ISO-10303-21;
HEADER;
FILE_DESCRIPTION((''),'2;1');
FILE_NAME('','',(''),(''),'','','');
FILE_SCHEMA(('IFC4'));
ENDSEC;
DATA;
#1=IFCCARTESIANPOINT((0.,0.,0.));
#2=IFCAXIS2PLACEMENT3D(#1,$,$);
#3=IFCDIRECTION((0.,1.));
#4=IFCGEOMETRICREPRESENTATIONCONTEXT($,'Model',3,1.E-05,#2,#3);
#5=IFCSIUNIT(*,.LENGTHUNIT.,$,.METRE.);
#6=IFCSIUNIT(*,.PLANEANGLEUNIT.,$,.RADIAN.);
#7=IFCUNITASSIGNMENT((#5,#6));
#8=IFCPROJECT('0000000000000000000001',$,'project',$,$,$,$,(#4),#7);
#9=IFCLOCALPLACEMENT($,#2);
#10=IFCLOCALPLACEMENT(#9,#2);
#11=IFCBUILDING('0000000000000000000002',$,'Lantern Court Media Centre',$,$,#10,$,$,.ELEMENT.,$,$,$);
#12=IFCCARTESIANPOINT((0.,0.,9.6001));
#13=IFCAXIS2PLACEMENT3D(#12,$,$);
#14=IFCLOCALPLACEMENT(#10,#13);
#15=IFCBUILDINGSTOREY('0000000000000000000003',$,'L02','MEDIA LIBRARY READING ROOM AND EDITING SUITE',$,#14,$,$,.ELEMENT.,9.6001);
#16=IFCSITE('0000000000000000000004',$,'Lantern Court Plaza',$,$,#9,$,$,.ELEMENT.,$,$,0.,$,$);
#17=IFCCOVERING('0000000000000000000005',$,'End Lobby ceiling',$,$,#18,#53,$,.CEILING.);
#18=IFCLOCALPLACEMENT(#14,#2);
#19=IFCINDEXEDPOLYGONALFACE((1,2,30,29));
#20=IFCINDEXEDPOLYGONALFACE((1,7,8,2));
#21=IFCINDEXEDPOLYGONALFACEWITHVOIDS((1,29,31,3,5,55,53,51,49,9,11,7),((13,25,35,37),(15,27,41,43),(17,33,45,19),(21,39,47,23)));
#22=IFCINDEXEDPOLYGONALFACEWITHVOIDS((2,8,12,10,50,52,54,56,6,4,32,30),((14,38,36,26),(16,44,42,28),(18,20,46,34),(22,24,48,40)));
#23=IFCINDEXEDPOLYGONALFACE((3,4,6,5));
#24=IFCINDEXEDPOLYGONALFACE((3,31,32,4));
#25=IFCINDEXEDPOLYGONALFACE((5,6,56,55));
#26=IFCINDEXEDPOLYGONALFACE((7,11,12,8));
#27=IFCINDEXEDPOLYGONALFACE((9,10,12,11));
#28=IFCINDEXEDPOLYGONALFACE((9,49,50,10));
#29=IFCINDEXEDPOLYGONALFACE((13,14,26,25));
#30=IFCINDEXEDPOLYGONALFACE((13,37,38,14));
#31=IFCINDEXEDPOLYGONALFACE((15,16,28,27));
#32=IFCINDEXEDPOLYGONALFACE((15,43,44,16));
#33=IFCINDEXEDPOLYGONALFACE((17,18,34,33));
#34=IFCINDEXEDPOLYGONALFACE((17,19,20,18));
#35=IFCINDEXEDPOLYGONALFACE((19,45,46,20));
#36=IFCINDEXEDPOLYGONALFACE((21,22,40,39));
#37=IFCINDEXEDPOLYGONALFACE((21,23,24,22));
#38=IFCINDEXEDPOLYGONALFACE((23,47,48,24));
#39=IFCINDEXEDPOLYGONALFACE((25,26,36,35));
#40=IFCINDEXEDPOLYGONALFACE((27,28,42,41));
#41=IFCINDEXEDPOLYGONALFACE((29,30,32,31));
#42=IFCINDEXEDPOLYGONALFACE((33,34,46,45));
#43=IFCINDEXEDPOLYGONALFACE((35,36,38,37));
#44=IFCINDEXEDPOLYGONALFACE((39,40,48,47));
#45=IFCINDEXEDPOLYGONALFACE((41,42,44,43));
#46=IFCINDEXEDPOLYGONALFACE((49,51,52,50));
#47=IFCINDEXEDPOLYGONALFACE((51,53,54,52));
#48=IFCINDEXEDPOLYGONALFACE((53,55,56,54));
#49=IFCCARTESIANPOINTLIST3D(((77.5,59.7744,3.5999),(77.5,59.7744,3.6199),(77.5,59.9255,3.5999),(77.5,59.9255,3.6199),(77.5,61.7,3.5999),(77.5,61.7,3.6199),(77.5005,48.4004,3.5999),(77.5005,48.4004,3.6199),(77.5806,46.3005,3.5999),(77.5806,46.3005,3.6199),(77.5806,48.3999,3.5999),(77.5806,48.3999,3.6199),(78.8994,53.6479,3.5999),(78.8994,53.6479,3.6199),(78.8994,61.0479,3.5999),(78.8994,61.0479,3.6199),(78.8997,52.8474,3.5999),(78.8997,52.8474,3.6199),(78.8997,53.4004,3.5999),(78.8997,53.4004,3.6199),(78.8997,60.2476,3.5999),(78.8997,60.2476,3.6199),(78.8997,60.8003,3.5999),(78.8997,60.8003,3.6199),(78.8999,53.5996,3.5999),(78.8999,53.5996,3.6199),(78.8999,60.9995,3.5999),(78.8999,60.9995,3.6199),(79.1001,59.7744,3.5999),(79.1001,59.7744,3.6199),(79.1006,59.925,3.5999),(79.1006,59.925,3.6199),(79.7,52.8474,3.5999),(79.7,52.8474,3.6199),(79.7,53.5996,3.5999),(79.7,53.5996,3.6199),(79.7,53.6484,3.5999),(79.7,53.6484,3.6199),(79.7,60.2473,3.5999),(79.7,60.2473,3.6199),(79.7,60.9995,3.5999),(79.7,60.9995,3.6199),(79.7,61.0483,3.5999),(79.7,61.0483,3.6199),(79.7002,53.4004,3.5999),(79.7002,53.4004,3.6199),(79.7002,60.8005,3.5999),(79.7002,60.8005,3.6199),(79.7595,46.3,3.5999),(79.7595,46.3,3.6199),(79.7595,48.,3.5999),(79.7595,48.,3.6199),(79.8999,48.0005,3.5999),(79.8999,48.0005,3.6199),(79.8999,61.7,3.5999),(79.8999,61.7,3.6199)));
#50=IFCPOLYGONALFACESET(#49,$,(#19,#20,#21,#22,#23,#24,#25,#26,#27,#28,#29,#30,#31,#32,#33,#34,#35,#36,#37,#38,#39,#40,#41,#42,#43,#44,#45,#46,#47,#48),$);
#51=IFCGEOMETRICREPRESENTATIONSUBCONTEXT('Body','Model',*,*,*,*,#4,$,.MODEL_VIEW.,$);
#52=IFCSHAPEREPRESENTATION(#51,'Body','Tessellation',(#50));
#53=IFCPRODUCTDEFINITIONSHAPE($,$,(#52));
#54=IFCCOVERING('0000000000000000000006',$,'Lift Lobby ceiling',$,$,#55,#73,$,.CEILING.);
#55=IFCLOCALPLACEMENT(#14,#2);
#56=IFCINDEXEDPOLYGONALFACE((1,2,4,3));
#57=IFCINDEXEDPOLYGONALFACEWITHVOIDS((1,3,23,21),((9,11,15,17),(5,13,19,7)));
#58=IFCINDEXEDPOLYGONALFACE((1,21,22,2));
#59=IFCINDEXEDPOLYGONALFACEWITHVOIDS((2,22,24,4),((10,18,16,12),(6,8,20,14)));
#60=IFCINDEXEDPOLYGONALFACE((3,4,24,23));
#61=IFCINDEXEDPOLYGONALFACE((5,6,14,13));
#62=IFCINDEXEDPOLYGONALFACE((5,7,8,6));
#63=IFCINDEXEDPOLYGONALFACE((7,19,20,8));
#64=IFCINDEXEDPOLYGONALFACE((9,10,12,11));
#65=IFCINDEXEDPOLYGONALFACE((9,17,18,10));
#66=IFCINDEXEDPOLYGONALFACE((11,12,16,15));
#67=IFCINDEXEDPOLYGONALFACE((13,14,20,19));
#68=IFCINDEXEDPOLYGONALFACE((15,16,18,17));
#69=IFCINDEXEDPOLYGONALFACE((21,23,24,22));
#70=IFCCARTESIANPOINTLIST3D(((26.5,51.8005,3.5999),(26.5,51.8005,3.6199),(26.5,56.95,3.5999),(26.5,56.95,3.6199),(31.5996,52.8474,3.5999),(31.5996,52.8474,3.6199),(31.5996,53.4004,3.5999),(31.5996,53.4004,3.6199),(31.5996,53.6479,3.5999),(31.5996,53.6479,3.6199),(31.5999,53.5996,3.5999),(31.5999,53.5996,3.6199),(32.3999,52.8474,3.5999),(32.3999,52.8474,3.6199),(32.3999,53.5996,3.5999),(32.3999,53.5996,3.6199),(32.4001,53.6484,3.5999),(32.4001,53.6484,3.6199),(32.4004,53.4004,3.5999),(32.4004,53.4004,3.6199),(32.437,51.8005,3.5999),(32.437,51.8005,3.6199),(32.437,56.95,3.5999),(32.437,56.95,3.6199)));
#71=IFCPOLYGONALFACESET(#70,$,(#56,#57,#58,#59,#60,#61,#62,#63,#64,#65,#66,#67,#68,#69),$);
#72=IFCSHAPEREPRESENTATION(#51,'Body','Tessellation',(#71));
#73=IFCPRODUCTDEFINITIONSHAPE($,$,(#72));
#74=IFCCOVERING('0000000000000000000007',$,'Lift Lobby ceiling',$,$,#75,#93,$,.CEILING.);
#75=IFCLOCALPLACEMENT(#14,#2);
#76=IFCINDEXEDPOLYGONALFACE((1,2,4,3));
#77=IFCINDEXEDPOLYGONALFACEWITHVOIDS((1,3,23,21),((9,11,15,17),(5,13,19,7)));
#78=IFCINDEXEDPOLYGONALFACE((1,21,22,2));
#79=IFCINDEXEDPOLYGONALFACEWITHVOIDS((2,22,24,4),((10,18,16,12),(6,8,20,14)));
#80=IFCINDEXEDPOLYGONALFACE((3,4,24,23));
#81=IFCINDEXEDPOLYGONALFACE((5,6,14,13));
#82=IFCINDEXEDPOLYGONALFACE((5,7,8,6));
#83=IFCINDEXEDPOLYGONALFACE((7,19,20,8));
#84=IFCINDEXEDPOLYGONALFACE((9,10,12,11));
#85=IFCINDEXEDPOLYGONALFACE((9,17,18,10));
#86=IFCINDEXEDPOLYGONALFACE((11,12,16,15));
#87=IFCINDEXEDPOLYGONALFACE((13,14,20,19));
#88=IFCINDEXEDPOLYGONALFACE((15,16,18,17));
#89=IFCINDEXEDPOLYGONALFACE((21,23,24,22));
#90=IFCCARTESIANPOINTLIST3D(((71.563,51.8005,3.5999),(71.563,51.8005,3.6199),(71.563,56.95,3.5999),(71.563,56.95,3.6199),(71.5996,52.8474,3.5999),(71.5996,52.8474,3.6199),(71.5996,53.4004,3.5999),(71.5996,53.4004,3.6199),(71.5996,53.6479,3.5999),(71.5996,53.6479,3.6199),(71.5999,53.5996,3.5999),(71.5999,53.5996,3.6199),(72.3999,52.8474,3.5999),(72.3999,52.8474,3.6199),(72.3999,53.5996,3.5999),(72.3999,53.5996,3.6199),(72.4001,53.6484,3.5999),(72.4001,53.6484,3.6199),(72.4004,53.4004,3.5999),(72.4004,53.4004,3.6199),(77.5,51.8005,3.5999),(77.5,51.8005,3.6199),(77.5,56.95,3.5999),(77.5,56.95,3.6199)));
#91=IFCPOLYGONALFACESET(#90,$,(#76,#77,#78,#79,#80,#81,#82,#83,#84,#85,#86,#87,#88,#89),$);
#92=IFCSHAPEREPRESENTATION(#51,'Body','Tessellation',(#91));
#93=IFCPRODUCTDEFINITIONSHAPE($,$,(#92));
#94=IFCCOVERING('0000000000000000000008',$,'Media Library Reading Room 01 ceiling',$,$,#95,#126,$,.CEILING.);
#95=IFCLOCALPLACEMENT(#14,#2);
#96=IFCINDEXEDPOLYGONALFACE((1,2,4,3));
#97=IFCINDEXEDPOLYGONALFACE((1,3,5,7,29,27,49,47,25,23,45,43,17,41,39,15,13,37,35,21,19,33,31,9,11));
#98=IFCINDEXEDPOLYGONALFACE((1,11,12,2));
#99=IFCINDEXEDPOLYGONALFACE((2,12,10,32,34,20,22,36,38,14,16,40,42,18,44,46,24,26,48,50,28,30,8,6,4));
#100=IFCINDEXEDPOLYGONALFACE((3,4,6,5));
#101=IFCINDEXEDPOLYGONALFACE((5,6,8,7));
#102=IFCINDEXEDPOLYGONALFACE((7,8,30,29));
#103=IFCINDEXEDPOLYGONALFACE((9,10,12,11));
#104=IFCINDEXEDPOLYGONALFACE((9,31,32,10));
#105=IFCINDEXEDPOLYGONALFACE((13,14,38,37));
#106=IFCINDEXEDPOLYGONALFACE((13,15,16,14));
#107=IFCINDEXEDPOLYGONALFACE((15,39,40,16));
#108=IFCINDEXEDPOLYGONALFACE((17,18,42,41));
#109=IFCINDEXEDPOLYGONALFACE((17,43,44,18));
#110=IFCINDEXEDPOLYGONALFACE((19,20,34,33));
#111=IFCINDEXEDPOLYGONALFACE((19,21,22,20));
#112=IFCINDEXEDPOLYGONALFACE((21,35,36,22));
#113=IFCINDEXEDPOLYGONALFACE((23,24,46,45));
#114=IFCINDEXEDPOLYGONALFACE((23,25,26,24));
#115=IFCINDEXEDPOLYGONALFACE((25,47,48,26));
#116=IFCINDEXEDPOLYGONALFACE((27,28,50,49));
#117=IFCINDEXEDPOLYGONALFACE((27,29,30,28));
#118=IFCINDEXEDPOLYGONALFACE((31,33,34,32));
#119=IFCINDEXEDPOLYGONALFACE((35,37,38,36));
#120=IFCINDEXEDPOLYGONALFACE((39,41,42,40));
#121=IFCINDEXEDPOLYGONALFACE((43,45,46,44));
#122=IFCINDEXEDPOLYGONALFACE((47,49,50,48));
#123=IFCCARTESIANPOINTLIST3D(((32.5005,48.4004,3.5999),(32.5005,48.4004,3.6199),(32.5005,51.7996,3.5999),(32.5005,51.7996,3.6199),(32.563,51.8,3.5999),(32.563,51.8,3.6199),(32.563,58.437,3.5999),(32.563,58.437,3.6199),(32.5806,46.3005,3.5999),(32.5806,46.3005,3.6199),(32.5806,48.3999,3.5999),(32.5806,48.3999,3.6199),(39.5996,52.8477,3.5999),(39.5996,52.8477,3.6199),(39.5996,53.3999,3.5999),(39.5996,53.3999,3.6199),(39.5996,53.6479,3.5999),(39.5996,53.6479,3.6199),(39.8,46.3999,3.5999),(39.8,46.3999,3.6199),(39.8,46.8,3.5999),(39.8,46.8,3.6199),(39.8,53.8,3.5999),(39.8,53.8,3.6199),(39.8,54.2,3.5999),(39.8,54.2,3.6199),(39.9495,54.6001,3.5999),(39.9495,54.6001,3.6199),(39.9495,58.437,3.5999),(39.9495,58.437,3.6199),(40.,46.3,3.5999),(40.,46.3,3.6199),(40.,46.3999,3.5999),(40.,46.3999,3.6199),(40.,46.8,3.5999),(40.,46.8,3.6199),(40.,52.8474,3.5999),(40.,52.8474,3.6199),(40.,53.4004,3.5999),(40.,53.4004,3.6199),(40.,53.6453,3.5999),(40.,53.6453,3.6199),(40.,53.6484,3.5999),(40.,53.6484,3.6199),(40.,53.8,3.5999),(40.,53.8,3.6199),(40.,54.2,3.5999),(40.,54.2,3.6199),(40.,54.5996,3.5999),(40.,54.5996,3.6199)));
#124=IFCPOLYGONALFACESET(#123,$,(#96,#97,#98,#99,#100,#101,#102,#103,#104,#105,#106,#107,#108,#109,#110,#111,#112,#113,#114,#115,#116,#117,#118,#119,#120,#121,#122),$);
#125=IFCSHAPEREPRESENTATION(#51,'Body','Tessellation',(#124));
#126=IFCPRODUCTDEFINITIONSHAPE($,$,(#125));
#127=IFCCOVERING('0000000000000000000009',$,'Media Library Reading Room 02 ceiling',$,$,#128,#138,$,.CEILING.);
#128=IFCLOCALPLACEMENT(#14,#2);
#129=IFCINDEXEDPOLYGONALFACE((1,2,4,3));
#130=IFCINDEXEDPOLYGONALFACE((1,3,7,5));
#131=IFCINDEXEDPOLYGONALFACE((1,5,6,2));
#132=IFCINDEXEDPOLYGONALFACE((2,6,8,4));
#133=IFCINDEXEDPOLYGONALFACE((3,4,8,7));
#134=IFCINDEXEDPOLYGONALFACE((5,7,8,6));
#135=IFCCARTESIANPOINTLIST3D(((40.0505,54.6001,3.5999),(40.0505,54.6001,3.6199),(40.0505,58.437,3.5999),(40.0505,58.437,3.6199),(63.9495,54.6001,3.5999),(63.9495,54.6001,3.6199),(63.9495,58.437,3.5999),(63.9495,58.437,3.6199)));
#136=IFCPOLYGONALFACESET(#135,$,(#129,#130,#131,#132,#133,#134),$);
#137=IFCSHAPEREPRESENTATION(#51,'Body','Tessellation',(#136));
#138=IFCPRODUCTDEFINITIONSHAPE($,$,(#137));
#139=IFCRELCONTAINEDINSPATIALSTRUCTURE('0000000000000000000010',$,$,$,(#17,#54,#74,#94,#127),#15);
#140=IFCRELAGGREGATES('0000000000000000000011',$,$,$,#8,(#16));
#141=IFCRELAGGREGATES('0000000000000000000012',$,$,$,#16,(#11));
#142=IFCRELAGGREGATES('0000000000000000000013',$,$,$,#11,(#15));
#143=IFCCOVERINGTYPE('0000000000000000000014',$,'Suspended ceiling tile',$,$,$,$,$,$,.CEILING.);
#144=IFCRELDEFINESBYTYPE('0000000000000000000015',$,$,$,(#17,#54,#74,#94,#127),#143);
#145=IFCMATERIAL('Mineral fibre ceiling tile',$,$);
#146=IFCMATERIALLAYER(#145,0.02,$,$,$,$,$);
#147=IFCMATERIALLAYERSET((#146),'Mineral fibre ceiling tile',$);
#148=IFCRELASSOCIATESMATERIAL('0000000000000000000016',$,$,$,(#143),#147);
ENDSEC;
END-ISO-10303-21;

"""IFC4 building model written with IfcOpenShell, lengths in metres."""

from ifc_helpers import new_model, si_unit, direction, frame, origin, place, context, subcontext, project, spatial, polyline, outline, extrude, material, layer, layer_set, type_object, element, save


model = new_model("IFC4")

# Units and contexts
model_context = context("Model", 3, precision=1e-05, world=origin(), true_north=direction((0.0, 1.0)))
body_context = subcontext(model_context, "Body", "Model", "MODEL_VIEW")
ifc_project = project(units=[si_unit("LENGTHUNIT", "METRE"), si_unit("PLANEANGLEUNIT", "RADIAN")], contexts=[model_context])

# Site, building, storey
site_placement = place(None, origin())
site = spatial("IfcSite", under=ifc_project, at=site_placement, Name="Lantern Court Plaza", CompositionType="ELEMENT", RefElevation=0.0)
building_placement = place(site_placement, origin())
building = spatial("IfcBuilding", under=site, at=building_placement, Name="Lantern Court Media Centre", CompositionType="ELEMENT")
storey_placement = place(building_placement, frame((0.0, 0.0, 9.6001)))
storey = spatial("IfcBuildingStorey", under=building, at=storey_placement, Name="L02", Description="MEDIA LIBRARY READING ROOM AND EDITING SUITE", CompositionType="ELEMENT", Elevation=9.6001)

# Coverings
ifc_material_1 = material(Name="Mineral fibre ceiling tile")
ifc_layer_1 = layer(ifc_material_1, 0.02)
ifc_layer_set_1 = layer_set([ifc_layer_1], Name="Mineral fibre ceiling tile")
covering_type_1 = type_object("IfcCoveringType", Name="Suspended ceiling tile", PredefinedType="CEILING", material=ifc_layer_set_1)
covering_1_placement = place(storey_placement, frame((0.0, 0.0, 3.5999)))
element("IfcCovering", 1, at=covering_1_placement, inside=storey, type_object=covering_type_1, Name="End Lobby ceiling", PredefinedType="CEILING", context=body_context, shape_type="SweptSolid", body=[
    extrude(outline(polyline([(77.5, 61.7), (79.8999, 61.7), (79.8999, 48.0005), (79.7595, 48.0), (79.7595, 46.3), (77.5806, 46.3005), (77.5806, 48.3999), (77.5005, 48.4004), (77.5, 59.7744), (79.1001, 59.7744), (79.1006, 59.925), (77.5, 59.9255), (77.5, 61.7)]), holes=[polyline([(79.7, 52.8474), (79.7002, 53.4004), (78.8997, 53.4004), (78.8997, 52.8474), (79.7, 52.8474)]), polyline([(79.7, 53.5996), (79.7, 53.6484), (78.8994, 53.6479), (78.8999, 53.5996), (79.7, 53.5996)]), polyline([(79.7, 60.2473), (79.7002, 60.8005), (78.8997, 60.8003), (78.8997, 60.2476), (79.7, 60.2473)]), polyline([(79.7, 60.9995), (79.7, 61.0483), (78.8994, 61.0479), (78.8999, 60.9995), (79.7, 60.9995)])]), origin(), (0.0, 0.0, 1.0), 0.02),
])
covering_2_placement = place(storey_placement, frame((0.0, 0.0, 3.5999)))
element("IfcCovering", 2, at=covering_2_placement, inside=storey, type_object=covering_type_1, Name="Lift Lobby ceiling", PredefinedType="CEILING", context=body_context, shape_type="SweptSolid", body=[
    extrude(outline(polyline([(26.5, 56.95), (32.437, 56.95), (32.437, 51.8005), (26.5, 51.8005), (26.5, 56.95)]), holes=[polyline([(32.3999, 53.5996), (32.4001, 53.6484), (31.5996, 53.6479), (31.5999, 53.5996), (32.3999, 53.5996)]), polyline([(32.3999, 52.8474), (32.4004, 53.4004), (31.5996, 53.4004), (31.5996, 52.8474), (32.3999, 52.8474)])]), origin(), (0.0, 0.0, 1.0), 0.02),
])
covering_3_placement = place(storey_placement, frame((0.0, 0.0, 3.5999)))
element("IfcCovering", 3, at=covering_3_placement, inside=storey, type_object=covering_type_1, Name="Lift Lobby ceiling", PredefinedType="CEILING", context=body_context, shape_type="SweptSolid", body=[
    extrude(outline(polyline([(77.5, 56.95), (77.5, 51.8005), (71.563, 51.8005), (71.563, 56.95), (77.5, 56.95)]), holes=[polyline([(72.3999, 53.5996), (72.4001, 53.6484), (71.5996, 53.6479), (71.5999, 53.5996), (72.3999, 53.5996)]), polyline([(72.3999, 52.8474), (72.4004, 53.4004), (71.5996, 53.4004), (71.5996, 52.8474), (72.3999, 52.8474)])]), origin(), (0.0, 0.0, 1.0), 0.02),
])
covering_4_placement = place(storey_placement, frame((0.0, 0.0, 3.5999)))
element("IfcCovering", 4, at=covering_4_placement, inside=storey, type_object=covering_type_1, Name="Media Library Reading Room 01 ceiling", PredefinedType="CEILING", context=body_context, shape_type="SweptSolid", body=[
    extrude(outline(polyline([(40.0, 54.2), (39.8, 54.2), (39.8, 53.8), (40.0, 53.8), (40.0, 53.6484), (39.5996, 53.6479), (40.0, 53.6453), (40.0, 53.4004), (39.5996, 53.3999), (39.5996, 52.8477), (40.0, 52.8474), (40.0, 46.8), (39.8, 46.8), (39.8, 46.3999), (40.0, 46.3999), (40.0, 46.3), (32.5806, 46.3005), (32.5806, 48.3999), (32.5005, 48.4004), (32.5005, 51.7996), (32.563, 51.8), (32.563, 58.437), (39.9495, 58.437), (39.9495, 54.6001), (40.0, 54.5996), (40.0, 54.2)])), origin(), (0.0, 0.0, 1.0), 0.02),
])
covering_5_placement = place(storey_placement, frame((0.0, 0.0, 3.5999)))
element("IfcCovering", 5, at=covering_5_placement, inside=storey, type_object=covering_type_1, Name="Media Library Reading Room 02 ceiling", PredefinedType="CEILING", context=body_context, shape_type="SweptSolid", body=[
    extrude(outline(polyline([(40.0505, 54.6001), (40.0505, 58.437), (63.9495, 58.437), (63.9495, 54.6001), (40.0505, 54.6001)])), origin(), (0.0, 0.0, 1.0), 0.02),
])

save(model, "model.ifc")
